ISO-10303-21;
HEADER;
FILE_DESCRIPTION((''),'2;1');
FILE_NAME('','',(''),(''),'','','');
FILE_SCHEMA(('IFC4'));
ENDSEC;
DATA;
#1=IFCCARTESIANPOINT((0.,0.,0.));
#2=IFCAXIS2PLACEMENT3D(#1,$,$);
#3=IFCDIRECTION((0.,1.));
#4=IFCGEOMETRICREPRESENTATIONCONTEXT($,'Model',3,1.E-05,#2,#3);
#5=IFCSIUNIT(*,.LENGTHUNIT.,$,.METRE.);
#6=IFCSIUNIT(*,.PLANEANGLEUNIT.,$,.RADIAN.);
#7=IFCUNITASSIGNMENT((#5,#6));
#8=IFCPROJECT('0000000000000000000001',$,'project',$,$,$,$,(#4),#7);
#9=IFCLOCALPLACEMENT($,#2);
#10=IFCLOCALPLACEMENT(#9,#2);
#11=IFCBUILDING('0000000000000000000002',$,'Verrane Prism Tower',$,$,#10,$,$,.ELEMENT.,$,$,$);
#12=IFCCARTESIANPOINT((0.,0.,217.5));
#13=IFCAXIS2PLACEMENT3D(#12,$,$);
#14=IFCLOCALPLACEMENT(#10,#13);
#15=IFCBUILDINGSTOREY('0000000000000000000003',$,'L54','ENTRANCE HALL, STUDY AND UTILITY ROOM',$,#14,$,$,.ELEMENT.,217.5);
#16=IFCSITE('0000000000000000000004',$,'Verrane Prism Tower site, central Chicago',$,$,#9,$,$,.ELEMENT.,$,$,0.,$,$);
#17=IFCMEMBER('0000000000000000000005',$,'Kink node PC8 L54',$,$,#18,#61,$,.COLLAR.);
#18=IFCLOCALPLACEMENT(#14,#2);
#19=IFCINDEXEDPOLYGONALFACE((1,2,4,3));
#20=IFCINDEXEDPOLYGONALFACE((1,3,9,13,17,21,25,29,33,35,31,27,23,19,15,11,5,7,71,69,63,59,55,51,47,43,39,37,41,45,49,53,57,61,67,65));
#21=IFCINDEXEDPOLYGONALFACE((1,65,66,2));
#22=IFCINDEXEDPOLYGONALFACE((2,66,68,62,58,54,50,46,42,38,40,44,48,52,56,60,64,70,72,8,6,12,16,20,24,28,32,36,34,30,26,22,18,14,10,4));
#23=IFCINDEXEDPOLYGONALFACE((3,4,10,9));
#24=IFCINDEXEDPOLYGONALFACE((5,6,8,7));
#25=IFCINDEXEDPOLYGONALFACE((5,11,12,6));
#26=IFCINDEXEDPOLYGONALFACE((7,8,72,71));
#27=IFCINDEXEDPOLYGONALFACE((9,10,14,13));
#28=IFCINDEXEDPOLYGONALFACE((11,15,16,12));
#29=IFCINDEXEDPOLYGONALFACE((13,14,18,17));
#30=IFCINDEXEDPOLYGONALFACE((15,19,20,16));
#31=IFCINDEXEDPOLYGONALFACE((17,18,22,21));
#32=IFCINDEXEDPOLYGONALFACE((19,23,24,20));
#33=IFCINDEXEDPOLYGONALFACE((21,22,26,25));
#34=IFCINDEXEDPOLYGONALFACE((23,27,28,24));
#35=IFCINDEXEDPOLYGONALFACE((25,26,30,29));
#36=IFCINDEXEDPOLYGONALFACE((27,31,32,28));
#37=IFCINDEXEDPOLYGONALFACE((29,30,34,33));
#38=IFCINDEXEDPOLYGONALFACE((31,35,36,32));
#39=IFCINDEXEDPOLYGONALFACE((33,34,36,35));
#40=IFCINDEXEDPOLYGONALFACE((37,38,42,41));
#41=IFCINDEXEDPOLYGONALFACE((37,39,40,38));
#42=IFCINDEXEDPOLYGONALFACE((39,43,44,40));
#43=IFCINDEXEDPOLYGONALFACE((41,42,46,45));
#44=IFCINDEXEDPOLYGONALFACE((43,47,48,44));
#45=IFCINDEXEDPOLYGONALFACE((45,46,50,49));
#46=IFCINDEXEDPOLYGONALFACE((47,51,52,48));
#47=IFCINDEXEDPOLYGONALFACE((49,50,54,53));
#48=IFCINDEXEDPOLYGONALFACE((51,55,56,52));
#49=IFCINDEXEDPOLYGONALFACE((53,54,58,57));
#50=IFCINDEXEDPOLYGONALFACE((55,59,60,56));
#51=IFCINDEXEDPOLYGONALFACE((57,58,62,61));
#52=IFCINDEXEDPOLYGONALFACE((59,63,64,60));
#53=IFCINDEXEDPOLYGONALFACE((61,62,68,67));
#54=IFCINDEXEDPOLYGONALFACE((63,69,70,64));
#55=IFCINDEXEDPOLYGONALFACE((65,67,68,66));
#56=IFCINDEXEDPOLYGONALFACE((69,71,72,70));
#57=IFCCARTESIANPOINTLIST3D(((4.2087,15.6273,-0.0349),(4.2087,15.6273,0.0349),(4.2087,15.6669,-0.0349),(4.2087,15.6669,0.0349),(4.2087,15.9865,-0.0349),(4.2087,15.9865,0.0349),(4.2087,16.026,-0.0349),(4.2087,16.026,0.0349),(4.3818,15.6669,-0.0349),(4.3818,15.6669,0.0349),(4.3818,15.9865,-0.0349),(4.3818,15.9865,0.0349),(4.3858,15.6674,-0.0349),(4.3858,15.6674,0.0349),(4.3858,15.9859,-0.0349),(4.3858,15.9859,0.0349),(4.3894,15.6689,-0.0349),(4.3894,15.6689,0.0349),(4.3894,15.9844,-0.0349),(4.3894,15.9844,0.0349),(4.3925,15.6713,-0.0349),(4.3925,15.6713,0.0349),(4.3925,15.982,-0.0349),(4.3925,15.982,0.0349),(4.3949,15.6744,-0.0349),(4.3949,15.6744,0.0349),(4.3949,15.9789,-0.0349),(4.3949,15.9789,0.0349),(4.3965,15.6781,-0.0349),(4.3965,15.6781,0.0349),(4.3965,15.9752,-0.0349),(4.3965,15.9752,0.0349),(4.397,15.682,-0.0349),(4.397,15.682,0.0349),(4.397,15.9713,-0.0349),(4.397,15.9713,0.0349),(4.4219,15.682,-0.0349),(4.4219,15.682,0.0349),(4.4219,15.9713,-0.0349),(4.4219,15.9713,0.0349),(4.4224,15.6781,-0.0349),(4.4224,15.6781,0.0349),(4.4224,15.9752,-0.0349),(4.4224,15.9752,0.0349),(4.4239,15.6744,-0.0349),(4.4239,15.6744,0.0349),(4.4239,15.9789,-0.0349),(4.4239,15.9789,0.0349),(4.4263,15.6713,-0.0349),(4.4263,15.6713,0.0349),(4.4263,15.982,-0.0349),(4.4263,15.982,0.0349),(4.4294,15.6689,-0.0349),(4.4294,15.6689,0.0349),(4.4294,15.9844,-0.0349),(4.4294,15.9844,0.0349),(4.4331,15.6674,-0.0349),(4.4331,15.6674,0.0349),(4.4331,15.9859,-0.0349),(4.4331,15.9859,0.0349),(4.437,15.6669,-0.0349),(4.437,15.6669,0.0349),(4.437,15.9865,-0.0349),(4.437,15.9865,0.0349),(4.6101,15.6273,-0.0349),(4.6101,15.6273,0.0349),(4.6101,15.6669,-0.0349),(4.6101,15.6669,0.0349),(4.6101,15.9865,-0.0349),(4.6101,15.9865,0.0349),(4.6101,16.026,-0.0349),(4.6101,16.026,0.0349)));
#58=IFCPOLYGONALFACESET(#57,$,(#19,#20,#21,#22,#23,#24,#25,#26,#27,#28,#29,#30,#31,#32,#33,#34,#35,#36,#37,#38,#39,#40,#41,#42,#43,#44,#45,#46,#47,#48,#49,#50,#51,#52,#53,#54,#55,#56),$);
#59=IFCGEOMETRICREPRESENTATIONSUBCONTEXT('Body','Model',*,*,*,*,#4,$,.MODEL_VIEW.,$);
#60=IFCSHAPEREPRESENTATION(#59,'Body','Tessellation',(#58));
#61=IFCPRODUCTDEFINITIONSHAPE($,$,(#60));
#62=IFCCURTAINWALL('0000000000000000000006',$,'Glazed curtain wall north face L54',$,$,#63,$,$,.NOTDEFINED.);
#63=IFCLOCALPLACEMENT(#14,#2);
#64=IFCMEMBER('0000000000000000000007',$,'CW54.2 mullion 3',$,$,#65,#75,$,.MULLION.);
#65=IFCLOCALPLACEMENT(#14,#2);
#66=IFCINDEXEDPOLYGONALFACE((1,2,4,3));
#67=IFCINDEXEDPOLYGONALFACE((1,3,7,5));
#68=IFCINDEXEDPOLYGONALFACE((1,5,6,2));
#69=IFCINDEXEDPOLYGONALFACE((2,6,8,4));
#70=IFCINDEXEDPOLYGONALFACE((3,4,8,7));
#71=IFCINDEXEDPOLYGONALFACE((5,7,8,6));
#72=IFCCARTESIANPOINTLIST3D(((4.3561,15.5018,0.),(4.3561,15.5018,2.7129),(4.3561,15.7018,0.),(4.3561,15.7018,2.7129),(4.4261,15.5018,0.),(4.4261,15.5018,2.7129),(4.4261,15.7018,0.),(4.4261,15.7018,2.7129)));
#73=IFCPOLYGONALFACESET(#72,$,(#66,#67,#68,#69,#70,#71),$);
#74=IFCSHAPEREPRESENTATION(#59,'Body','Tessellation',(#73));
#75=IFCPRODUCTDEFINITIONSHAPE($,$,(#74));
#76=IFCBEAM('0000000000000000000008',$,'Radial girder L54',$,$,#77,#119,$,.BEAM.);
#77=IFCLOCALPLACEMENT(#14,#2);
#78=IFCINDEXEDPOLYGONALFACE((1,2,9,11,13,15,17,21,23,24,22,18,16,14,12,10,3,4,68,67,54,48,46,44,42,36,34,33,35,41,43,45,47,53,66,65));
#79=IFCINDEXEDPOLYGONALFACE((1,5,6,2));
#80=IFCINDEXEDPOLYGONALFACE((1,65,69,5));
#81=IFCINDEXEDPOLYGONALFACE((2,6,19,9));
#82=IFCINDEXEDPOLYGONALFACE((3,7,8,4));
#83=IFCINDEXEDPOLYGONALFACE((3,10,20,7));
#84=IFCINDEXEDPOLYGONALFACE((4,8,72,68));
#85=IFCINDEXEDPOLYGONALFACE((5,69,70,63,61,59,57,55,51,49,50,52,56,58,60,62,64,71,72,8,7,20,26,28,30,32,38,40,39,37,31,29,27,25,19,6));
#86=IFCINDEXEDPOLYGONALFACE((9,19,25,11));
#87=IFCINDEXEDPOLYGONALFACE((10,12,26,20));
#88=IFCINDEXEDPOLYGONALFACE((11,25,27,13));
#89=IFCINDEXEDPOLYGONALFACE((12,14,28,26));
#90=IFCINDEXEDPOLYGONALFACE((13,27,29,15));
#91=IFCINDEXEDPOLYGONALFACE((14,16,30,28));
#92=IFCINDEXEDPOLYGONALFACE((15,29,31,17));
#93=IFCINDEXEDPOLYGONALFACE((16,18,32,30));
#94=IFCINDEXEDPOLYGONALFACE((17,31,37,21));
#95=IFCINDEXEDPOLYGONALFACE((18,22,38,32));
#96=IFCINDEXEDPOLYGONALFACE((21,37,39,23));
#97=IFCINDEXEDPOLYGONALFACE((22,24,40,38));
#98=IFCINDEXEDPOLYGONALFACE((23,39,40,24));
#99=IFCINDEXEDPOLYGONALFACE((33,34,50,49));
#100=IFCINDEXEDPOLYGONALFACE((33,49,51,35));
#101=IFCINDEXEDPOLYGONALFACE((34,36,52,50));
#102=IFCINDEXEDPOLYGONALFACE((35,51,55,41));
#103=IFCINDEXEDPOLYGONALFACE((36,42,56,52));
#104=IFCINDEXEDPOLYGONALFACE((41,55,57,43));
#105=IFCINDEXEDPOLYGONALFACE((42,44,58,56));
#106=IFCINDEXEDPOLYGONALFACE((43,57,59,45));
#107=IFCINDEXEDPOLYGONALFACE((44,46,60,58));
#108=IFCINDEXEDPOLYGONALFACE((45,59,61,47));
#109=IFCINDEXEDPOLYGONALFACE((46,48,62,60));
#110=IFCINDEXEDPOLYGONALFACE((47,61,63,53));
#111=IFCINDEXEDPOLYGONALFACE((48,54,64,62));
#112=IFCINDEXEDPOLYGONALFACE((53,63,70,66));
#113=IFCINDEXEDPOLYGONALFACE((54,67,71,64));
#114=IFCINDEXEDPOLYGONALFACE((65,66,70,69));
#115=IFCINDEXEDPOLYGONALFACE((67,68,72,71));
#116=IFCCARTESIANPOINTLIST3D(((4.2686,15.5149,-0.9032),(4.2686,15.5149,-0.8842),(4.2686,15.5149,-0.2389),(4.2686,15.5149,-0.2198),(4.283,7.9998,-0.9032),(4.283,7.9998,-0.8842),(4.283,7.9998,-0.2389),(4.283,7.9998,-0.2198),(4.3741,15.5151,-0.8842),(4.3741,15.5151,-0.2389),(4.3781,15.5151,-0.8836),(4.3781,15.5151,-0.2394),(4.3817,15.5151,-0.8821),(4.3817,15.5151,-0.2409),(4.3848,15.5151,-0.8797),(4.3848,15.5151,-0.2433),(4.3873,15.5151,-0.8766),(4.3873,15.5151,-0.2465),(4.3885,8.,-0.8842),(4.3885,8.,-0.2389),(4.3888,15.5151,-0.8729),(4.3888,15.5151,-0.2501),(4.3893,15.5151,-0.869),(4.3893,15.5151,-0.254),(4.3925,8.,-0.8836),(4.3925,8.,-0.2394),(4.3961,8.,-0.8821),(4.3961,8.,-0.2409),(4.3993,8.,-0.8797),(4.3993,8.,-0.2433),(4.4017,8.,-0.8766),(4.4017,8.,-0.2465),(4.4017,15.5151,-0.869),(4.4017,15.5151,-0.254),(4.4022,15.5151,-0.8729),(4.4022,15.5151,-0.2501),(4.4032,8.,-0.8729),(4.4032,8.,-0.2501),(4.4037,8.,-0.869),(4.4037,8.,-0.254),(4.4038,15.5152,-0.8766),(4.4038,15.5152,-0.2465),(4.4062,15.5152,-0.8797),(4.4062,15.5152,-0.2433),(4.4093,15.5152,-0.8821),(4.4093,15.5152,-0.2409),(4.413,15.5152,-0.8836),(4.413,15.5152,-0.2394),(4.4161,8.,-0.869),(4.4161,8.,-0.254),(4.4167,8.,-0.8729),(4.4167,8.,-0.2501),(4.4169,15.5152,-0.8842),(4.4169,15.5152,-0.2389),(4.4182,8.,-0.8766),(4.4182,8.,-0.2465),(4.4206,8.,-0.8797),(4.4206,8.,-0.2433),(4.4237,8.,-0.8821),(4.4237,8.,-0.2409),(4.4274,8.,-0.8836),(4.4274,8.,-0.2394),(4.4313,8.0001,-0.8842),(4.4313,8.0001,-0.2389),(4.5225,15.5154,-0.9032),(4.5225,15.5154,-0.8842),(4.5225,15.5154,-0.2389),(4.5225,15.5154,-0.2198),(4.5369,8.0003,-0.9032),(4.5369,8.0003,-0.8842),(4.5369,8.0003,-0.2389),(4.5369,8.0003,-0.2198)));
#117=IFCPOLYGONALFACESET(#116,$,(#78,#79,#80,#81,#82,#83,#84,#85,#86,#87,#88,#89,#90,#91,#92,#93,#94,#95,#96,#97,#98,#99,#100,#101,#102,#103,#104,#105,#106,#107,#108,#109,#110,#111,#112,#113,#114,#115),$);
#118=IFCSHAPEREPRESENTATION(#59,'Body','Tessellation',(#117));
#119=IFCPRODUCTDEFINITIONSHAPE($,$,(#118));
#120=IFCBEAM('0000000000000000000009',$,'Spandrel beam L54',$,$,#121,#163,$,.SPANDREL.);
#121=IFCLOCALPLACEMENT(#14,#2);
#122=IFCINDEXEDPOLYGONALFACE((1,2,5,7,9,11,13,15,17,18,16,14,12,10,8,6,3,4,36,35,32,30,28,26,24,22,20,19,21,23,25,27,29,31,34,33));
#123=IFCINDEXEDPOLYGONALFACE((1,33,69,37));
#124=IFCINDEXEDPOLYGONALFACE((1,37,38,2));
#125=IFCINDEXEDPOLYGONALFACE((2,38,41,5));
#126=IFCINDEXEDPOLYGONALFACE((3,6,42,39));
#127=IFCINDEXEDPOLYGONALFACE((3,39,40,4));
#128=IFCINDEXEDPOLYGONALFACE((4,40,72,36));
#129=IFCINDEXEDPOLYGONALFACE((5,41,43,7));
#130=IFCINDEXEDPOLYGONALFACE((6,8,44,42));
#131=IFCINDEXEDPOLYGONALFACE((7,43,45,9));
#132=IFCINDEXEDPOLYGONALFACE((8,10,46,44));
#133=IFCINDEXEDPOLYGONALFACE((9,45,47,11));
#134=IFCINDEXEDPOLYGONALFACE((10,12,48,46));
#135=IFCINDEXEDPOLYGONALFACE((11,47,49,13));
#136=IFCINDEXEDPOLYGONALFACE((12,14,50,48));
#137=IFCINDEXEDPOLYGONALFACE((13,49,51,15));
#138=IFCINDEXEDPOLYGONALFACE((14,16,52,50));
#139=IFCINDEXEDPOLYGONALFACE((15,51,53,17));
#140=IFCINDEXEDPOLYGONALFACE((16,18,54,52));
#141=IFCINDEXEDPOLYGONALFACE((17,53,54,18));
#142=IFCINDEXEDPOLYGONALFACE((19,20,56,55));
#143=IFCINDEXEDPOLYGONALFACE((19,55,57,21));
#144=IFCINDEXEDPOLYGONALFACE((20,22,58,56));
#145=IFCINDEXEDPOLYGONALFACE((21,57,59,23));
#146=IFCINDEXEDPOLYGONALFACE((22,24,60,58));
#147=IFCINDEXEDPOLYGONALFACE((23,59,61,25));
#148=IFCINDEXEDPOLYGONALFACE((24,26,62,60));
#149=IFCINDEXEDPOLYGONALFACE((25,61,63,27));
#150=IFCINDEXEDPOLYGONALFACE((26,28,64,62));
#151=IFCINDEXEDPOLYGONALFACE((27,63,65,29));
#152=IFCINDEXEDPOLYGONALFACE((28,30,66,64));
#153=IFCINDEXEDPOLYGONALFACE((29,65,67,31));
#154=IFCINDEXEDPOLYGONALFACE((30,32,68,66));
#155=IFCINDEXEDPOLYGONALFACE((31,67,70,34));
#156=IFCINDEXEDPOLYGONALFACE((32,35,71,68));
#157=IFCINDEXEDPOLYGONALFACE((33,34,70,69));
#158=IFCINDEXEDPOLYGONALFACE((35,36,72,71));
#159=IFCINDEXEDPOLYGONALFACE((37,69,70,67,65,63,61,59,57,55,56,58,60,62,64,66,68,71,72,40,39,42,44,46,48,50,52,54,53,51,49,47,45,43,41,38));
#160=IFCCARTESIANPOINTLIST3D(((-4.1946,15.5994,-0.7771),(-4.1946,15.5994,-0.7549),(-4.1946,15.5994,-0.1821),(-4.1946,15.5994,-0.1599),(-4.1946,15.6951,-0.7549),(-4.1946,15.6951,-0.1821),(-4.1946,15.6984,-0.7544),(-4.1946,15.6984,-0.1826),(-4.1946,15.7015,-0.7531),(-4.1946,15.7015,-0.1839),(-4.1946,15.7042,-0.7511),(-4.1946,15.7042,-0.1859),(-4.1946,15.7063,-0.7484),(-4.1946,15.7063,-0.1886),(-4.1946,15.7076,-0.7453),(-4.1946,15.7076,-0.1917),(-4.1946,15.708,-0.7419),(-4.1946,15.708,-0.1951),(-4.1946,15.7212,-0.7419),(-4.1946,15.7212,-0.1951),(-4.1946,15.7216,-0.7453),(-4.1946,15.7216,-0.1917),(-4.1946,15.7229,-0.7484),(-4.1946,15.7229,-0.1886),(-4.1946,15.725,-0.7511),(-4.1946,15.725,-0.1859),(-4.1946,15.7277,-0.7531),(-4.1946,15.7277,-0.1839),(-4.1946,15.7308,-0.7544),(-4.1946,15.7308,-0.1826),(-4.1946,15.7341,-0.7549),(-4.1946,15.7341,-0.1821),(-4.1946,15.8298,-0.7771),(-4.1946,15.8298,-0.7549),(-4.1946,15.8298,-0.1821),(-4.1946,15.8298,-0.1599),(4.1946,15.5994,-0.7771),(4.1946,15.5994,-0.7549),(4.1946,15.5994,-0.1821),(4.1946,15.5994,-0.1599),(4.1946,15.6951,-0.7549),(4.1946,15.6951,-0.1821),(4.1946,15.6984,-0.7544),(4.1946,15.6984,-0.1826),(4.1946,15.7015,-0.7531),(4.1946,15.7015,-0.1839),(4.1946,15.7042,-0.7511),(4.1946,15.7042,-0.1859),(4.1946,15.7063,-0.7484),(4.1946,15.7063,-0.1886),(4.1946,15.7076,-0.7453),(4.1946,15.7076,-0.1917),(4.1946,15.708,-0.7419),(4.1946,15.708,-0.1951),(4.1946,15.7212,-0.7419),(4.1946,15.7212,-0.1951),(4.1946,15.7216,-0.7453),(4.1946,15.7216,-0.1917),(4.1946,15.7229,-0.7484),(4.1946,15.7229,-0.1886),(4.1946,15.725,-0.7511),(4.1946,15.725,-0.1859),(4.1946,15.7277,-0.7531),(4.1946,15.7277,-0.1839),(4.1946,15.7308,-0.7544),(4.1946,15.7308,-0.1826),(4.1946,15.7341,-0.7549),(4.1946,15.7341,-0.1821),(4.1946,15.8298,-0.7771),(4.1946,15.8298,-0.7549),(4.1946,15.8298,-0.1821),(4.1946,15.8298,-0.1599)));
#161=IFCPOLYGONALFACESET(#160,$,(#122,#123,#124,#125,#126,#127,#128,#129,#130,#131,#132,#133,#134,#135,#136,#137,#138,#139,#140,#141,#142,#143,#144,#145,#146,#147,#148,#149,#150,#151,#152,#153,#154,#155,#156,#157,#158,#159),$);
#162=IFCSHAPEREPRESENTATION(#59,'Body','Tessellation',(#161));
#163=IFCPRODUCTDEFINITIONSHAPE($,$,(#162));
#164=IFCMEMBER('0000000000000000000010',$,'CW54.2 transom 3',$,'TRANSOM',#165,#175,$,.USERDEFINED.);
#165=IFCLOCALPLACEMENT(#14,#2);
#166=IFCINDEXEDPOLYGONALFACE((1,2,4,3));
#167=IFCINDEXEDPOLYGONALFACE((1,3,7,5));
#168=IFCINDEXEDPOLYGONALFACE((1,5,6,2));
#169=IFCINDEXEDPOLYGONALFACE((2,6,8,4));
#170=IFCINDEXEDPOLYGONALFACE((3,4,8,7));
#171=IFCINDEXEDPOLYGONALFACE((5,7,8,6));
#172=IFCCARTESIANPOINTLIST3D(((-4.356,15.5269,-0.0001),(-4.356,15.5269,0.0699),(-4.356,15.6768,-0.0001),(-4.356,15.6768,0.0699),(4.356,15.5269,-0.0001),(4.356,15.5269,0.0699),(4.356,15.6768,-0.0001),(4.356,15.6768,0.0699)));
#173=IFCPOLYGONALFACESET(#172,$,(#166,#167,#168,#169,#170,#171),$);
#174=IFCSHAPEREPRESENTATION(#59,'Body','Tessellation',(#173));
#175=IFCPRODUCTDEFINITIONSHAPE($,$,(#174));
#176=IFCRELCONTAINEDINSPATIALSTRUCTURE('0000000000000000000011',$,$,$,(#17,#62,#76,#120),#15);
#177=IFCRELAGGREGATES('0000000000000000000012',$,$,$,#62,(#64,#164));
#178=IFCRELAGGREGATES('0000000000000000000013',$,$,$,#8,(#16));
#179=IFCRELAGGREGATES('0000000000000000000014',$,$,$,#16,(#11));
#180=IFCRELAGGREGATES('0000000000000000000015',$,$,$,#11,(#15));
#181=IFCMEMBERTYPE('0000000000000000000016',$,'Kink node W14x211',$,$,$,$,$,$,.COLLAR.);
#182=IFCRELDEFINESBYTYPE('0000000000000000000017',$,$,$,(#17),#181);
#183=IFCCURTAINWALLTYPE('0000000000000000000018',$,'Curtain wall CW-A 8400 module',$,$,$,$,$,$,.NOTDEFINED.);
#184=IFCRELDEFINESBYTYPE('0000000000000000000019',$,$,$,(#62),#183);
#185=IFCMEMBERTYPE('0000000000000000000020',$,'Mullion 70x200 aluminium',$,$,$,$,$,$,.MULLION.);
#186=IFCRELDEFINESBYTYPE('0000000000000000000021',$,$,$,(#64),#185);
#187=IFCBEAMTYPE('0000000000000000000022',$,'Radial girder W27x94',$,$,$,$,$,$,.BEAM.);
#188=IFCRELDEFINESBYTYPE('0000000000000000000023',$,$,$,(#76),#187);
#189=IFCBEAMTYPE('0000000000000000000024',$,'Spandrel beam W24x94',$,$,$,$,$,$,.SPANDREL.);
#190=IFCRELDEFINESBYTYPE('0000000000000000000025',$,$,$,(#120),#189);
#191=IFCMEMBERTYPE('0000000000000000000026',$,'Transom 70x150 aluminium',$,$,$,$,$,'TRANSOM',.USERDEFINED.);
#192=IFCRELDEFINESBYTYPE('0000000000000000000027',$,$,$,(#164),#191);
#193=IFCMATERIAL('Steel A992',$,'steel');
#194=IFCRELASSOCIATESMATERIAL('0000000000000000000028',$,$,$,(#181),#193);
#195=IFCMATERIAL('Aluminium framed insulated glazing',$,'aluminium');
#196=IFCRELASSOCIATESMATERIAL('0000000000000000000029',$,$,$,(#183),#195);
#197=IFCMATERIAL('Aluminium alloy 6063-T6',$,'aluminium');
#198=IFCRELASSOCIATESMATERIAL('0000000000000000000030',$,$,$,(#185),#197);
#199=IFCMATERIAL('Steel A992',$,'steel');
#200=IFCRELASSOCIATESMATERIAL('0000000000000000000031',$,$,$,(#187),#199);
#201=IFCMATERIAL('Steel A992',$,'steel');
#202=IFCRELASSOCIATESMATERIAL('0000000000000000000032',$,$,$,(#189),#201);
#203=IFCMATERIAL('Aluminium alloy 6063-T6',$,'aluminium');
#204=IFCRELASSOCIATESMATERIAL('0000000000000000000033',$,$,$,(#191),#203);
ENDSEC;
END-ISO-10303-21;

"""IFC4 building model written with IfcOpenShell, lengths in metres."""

from ifc_helpers import new_model, si_unit, direction, frame, origin, origin_2d, place, context, subcontext, project, spatial, rectangle, i_section, extrude, material, material_profile, profile_set, type_object, element, aggregate, save


model = new_model("IFC4")

# Units and contexts
model_context = context("Model", 3, precision=1e-05, world=origin(), true_north=direction((0.0, 1.0)))
body_context = subcontext(model_context, "Body", "Model", "MODEL_VIEW")
ifc_project = project(units=[si_unit("LENGTHUNIT", "METRE"), si_unit("PLANEANGLEUNIT", "RADIAN")], contexts=[model_context])

# Site, building, storey
site_placement = place(None, origin())
site = spatial("IfcSite", under=ifc_project, at=site_placement, Name="Verrane Prism Tower site, central Chicago", CompositionType="ELEMENT", RefElevation=0.0)
building_placement = place(site_placement, origin())
building = spatial("IfcBuilding", under=site, at=building_placement, Name="Verrane Prism Tower", CompositionType="ELEMENT")
storey_placement = place(building_placement, frame((0.0, 0.0, 217.5)))
storey = spatial("IfcBuildingStorey", under=building, at=storey_placement, Name="L54", Description="ENTRANCE HALL, STUDY AND UTILITY ROOM", CompositionType="ELEMENT", Elevation=217.5)

# Member
ifc_material_1 = material(Name="Steel A992", Category="steel")
ifc_material_profile_1 = material_profile(ifc_material_1, i_section(OverallWidth=0.4014, OverallDepth=0.3987, WebThickness=0.0249, FlangeThickness=0.0396, FilletRadius=0.0151, at=origin_2d()), Name="W14x211")
ifc_profile_set_1 = profile_set([ifc_material_profile_1], Name="Steel A992")
member_type_1 = type_object("IfcMemberType", Name="Kink node W14x211", PredefinedType="COLLAR", material=ifc_profile_set_1)
member_1_placement = place(storey_placement, frame((4.4094, 15.8267, -0.0349), z_axis=(0.0, 0.0, 1.0), x_axis=(1.0, 0.0, 0.0)))
element("IfcMember", 1, at=member_1_placement, inside=storey, type_object=member_type_1, Name="Kink node PC8 L54", PredefinedType="COLLAR", context=body_context, shape_type="SweptSolid", body=[
    extrude(i_section(OverallWidth=0.4014, OverallDepth=0.3987, WebThickness=0.0249, FlangeThickness=0.0396, FilletRadius=0.0151, at=origin_2d()), origin(), (0.0, 0.0, 1.0), 0.0698),
])

# Curtain wall, member
ifc_material_2 = material(Name="Aluminium framed insulated glazing", Category="aluminium")
curtain_wall_type = type_object("IfcCurtainWallType", Name="Curtain wall CW-A 8400 module", PredefinedType="NOTDEFINED", material=ifc_material_2)
curtain_wall_placement = place(storey_placement, origin())
curtain_wall = element("IfcCurtainWall", 2, at=curtain_wall_placement, inside=storey, type_object=curtain_wall_type, Name="Glazed curtain wall north face L54", PredefinedType="NOTDEFINED")
ifc_material_3 = material(Name="Aluminium alloy 6063-T6", Category="aluminium")
ifc_material_profile_2 = material_profile(ifc_material_3, rectangle(XDim=0.2, YDim=0.0701, at=origin_2d()), Name="Mullion 70x200 aluminium")
ifc_profile_set_2 = profile_set([ifc_material_profile_2], Name="Aluminium alloy 6063-T6")
member_type_2 = type_object("IfcMemberType", Name="Mullion 70x200 aluminium", PredefinedType="MULLION", material=ifc_profile_set_2)
member_2_placement = place(storey_placement, frame((4.3911, 15.6018, 0.0), z_axis=(0.0, 0.0, 1.0), x_axis=(0.0, -1.0, 0.0)))
member_2 = element("IfcMember", 3, at=member_2_placement, type_object=member_type_2, Name="CW54.2 mullion 3", PredefinedType="MULLION", context=body_context, shape_type="SweptSolid", body=[
    extrude(rectangle(XDim=0.2, YDim=0.0701, at=origin_2d()), origin(), (0.0, 0.0, 1.0), 2.7129),
])

# Beams
ifc_material_4 = material(Name="Steel A992", Category="steel")
ifc_material_profile_3 = material_profile(ifc_material_4, i_section(OverallWidth=0.2539, OverallDepth=0.6833, WebThickness=0.0125, FlangeThickness=0.019, FilletRadius=0.0151, at=origin_2d()), Name="W27x94")
ifc_profile_set_3 = profile_set([ifc_material_profile_3], Name="Steel A992")
beam_type_1 = type_object("IfcBeamType", Name="Radial girder W27x94", PredefinedType="BEAM", material=ifc_profile_set_3)
beam_1_placement = place(storey_placement, frame((4.3955, 15.5151, -0.5615), z_axis=(0.001917, -0.999998, 0.0), x_axis=(0.999998, 0.001917, 0.0)))
element("IfcBeam", 4, at=beam_1_placement, inside=storey, type_object=beam_type_1, Name="Radial girder L54", PredefinedType="BEAM", context=body_context, shape_type="SweptSolid", body=[
    extrude(i_section(OverallWidth=0.2539, OverallDepth=0.6833, WebThickness=0.0125, FlangeThickness=0.019, FilletRadius=0.0151, at=origin_2d()), origin(), (0.0, 0.0, 1.0), 7.5151),
])
ifc_material_5 = material(Name="Steel A992", Category="steel")
ifc_material_profile_4 = material_profile(ifc_material_5, i_section(OverallWidth=0.2305, OverallDepth=0.6172, WebThickness=0.0132, FlangeThickness=0.0222, FilletRadius=0.0129, at=origin_2d()), Name="W24x94")
ifc_profile_set_4 = profile_set([ifc_material_profile_4], Name="Steel A992")
beam_type_2 = type_object("IfcBeamType", Name="Spandrel beam W24x94", PredefinedType="SPANDREL", material=ifc_profile_set_4)
beam_2_placement = place(storey_placement, frame((4.1946, 15.7146, -0.4685), z_axis=(-1.0, 0.0, 0.0), x_axis=(0.0, -1.0, 0.0)))
element("IfcBeam", 5, at=beam_2_placement, inside=storey, type_object=beam_type_2, Name="Spandrel beam L54", PredefinedType="SPANDREL", context=body_context, shape_type="SweptSolid", body=[
    extrude(i_section(OverallWidth=0.2305, OverallDepth=0.6172, WebThickness=0.0132, FlangeThickness=0.0222, FilletRadius=0.0129, at=origin_2d()), origin(), (0.0, 0.0, 1.0), 8.3892),
])

# Member
ifc_material_6 = material(Name="Aluminium alloy 6063-T6", Category="aluminium")
ifc_material_profile_5 = material_profile(ifc_material_6, rectangle(XDim=0.1499, YDim=0.0701, at=origin_2d()), Name="Transom 70x150 aluminium")
ifc_profile_set_5 = profile_set([ifc_material_profile_5], Name="Aluminium alloy 6063-T6")
member_type_3 = type_object("IfcMemberType", Name="Transom 70x150 aluminium", ElementType="TRANSOM", PredefinedType="USERDEFINED", material=ifc_profile_set_5)
member_3_placement = place(storey_placement, frame((4.356, 15.6018, 0.0349), z_axis=(-1.0, 0.0, 0.0), x_axis=(0.0, -1.0, 0.0)))
member_3 = element("IfcMember", 6, at=member_3_placement, type_object=member_type_3, Name="CW54.2 transom 3", ObjectType="TRANSOM", PredefinedType="USERDEFINED", context=body_context, shape_type="SweptSolid", body=[
    extrude(rectangle(XDim=0.1499, YDim=0.0701, at=origin_2d()), origin(), (0.0, 0.0, 1.0), 8.7119),
])

aggregate(curtain_wall, [member_2, member_3])

save(model, "model.ifc")
